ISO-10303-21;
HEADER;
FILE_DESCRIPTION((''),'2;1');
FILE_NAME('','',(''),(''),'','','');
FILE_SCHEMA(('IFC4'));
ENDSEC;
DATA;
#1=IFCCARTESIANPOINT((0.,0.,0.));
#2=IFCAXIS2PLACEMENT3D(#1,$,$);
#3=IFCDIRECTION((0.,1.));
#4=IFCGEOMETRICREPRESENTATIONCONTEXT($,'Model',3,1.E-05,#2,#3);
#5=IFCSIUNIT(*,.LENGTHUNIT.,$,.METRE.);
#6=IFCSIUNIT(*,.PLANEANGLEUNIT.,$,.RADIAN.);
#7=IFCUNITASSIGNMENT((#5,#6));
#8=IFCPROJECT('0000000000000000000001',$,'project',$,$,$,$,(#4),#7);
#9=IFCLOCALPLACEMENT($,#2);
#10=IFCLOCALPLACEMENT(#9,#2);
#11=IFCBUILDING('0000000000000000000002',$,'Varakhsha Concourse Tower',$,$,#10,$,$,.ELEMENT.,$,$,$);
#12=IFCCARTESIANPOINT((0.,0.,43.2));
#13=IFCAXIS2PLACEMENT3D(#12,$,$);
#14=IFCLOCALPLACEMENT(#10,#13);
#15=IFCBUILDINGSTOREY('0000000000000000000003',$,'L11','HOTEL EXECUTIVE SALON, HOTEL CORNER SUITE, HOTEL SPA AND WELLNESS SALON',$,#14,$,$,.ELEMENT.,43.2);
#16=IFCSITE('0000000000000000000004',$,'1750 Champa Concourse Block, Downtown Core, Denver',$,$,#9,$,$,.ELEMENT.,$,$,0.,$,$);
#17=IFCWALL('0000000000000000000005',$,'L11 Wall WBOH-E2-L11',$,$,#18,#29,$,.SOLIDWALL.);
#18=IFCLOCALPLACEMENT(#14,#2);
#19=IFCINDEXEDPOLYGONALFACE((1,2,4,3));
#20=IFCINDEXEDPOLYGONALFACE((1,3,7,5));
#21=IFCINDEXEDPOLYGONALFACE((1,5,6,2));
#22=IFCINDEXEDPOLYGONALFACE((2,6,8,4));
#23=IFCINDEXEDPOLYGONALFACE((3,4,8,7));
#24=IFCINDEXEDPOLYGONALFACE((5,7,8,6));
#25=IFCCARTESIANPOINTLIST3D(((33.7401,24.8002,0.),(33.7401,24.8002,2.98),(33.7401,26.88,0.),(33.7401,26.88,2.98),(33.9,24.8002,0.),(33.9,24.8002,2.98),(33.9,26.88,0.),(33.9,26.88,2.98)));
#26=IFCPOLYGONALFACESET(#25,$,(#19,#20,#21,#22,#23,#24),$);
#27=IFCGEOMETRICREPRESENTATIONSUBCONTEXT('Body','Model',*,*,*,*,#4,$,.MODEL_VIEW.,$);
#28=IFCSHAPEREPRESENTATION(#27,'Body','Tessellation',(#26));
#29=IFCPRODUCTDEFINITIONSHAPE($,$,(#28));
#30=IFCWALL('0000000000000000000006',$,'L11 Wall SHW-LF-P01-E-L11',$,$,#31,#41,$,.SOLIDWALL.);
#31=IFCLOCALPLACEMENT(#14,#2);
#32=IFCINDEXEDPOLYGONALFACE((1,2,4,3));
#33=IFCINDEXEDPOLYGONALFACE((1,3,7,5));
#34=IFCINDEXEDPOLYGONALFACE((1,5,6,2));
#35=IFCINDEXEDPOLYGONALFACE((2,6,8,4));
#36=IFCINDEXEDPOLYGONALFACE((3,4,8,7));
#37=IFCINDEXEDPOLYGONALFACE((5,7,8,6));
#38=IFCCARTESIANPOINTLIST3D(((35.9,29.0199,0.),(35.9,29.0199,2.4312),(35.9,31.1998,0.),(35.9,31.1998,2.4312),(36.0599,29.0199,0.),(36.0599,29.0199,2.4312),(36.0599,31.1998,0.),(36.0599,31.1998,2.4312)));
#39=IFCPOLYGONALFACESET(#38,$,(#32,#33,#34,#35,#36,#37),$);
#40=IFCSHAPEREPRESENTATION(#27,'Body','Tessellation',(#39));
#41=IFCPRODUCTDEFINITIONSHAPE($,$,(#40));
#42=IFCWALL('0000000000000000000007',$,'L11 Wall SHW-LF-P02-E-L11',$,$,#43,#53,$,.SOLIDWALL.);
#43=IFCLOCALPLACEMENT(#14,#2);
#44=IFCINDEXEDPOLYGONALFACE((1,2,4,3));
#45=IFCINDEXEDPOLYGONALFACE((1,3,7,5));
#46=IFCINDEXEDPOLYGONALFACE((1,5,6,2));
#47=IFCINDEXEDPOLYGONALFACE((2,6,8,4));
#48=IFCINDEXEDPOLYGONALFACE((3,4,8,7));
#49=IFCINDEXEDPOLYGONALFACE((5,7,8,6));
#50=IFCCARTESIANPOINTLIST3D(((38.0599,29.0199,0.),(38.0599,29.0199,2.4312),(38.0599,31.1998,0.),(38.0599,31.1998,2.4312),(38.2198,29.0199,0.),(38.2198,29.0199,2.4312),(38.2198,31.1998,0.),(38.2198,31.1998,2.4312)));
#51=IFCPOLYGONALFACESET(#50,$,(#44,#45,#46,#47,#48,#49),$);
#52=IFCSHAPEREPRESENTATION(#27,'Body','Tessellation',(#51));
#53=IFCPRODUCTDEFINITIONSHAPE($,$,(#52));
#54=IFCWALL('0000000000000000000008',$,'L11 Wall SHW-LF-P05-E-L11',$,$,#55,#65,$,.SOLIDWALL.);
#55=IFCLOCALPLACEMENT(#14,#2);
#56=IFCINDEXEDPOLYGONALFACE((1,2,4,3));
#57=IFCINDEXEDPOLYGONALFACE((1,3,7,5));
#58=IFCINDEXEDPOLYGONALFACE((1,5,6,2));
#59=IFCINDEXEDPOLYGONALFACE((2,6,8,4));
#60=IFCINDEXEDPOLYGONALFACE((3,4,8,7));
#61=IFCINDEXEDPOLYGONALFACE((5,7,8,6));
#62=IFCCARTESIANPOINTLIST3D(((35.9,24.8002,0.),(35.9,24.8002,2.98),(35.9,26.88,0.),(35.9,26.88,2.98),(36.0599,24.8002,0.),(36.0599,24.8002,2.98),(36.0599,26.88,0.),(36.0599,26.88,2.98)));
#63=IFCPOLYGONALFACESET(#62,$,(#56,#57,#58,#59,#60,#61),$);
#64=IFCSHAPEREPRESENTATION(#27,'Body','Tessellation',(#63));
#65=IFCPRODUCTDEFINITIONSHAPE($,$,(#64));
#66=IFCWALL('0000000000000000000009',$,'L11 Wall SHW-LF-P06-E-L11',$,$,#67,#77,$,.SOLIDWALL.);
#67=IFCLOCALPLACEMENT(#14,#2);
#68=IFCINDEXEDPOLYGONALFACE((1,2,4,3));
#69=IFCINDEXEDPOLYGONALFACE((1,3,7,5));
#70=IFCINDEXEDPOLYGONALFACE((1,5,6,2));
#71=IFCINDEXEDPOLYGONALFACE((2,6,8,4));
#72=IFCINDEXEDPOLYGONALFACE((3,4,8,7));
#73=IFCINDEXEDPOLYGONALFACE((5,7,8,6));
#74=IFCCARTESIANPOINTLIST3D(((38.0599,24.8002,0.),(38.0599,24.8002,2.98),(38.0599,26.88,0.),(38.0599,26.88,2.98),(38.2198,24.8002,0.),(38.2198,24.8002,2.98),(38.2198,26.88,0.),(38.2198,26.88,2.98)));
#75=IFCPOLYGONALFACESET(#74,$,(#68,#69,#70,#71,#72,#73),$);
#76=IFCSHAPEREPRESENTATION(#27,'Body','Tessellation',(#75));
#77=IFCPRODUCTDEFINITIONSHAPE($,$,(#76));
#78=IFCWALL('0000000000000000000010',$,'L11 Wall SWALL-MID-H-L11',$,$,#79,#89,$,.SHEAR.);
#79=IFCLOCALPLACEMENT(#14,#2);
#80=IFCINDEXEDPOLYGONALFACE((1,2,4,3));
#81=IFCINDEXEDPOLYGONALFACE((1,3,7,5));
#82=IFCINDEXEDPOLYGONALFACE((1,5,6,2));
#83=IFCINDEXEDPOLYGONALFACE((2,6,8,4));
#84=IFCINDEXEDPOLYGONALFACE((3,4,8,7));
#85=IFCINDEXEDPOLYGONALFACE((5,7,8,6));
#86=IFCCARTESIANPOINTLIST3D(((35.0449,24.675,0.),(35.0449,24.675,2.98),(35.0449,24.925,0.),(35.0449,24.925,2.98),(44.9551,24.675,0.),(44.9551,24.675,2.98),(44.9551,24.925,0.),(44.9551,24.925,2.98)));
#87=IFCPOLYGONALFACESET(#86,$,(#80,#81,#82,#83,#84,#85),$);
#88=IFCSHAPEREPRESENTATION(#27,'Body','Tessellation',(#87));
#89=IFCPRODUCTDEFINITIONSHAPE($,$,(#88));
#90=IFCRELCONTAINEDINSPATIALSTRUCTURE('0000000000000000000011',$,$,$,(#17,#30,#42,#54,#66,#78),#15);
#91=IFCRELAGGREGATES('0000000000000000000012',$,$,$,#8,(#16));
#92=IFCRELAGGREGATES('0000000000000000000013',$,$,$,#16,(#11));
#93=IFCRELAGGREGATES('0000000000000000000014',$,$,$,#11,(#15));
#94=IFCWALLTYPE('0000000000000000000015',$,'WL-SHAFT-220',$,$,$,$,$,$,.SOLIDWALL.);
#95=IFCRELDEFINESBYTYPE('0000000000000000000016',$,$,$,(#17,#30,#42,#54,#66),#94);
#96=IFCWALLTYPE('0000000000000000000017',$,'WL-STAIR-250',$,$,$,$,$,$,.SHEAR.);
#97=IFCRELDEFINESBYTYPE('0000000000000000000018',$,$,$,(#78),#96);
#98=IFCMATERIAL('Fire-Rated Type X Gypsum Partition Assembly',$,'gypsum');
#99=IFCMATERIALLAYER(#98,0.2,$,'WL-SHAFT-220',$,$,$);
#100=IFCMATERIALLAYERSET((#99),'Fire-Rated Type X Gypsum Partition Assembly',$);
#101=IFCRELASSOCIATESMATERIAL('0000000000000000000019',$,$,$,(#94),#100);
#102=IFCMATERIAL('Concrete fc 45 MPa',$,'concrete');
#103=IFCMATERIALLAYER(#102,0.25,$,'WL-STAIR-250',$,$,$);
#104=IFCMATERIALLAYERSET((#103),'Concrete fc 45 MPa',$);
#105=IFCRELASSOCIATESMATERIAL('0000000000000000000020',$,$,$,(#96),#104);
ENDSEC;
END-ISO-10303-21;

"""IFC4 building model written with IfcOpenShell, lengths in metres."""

from ifc_helpers import new_model, si_unit, direction, frame, frame_2d, origin, place, context, subcontext, project, spatial, rectangle, extrude, material, layer, layer_set, type_object, element, save


model = new_model("IFC4")

# Units and contexts
model_context = context("Model", 3, precision=1e-05, world=origin(), true_north=direction((0.0, 1.0)))
body_context = subcontext(model_context, "Body", "Model", "MODEL_VIEW")
ifc_project = project(units=[si_unit("LENGTHUNIT", "METRE"), si_unit("PLANEANGLEUNIT", "RADIAN")], contexts=[model_context])

# Site, building, storey
site_placement = place(None, origin())
site = spatial("IfcSite", under=ifc_project, at=site_placement, Name="1750 Champa Concourse Block, Downtown Core, Denver", CompositionType="ELEMENT", RefElevation=0.0)
building_placement = place(site_placement, origin())
building = spatial("IfcBuilding", under=site, at=building_placement, Name="Varakhsha Concourse Tower", CompositionType="ELEMENT")
storey_placement = place(building_placement, frame((0.0, 0.0, 43.2)))
storey = spatial("IfcBuildingStorey", under=building, at=storey_placement, Name="L11", Description="HOTEL EXECUTIVE SALON, HOTEL CORNER SUITE, HOTEL SPA AND WELLNESS SALON", CompositionType="ELEMENT", Elevation=43.2)

# Shared definitions
ifc_material_1 = material(Name="Fire-Rated Type X Gypsum Partition Assembly", Category="gypsum")

# Shared definitions
ifc_layer_1 = layer(ifc_material_1, 0.2, Name="WL-SHAFT-220")
ifc_layer_set_1 = layer_set([ifc_layer_1], Name="Fire-Rated Type X Gypsum Partition Assembly")
wall_type_1 = type_object("IfcWallType", Name="WL-SHAFT-220", PredefinedType="SOLIDWALL", material=ifc_layer_set_1)

# Walls
wall_1_placement = place(storey_placement, frame((33.8201, 24.8, 0.0), z_axis=(0.0, 0.0, 1.0), x_axis=(0.0, 1.0, 0.0)))
element("IfcWall", 1, at=wall_1_placement, inside=storey, type_object=wall_type_1, Name="L11 Wall WBOH-E2-L11", PredefinedType="SOLIDWALL", context=body_context, shape_type="SweptSolid", body=[
    extrude(rectangle(XDim=2.0798, YDim=0.1599, at=frame_2d((1.04, 0.0))), origin(), (0.0, 0.0, 1.0), 2.98),
])
for number, where, z_axis, x_axis, name in (
    (2, (35.98, 29.02, 0.0), (0.0, 0.0, 1.0), (0.0, 1.0, 0.0), "L11 Wall SHW-LF-P01-E-L11"),
    (3, (38.1399, 29.02, 0.0), (0.0, 0.0, 1.0), (0.0, 1.0, 0.0), "L11 Wall SHW-LF-P02-E-L11"),
):
    element("IfcWall", number, at=place(storey_placement, frame(where, z_axis=z_axis, x_axis=x_axis)), inside=storey, type_object=wall_type_1, Name=name, PredefinedType="SOLIDWALL", context=body_context, shape_type="SweptSolid", body=[
        extrude(rectangle(XDim=2.1799, YDim=0.1599, at=frame_2d((1.0898, 0.0))), origin(), (0.0, 0.0, 1.0), 2.4312),
    ])
for number, where, z_axis, x_axis, name in (
    (4, (35.98, 24.8, 0.0), (0.0, 0.0, 1.0), (0.0, 1.0, 0.0), "L11 Wall SHW-LF-P05-E-L11"),
    (5, (38.1399, 24.8, 0.0), (0.0, 0.0, 1.0), (0.0, 1.0, 0.0), "L11 Wall SHW-LF-P06-E-L11"),
):
    element("IfcWall", number, at=place(storey_placement, frame(where, z_axis=z_axis, x_axis=x_axis)), inside=storey, type_object=wall_type_1, Name=name, PredefinedType="SOLIDWALL", context=body_context, shape_type="SweptSolid", body=[
        extrude(rectangle(XDim=2.0798, YDim=0.1599, at=frame_2d((1.04, 0.0))), origin(), (0.0, 0.0, 1.0), 2.98),
    ])
ifc_material_2 = material(Name="Concrete fc 45 MPa", Category="concrete")
ifc_layer_2 = layer(ifc_material_2, 0.25, Name="WL-STAIR-250")
ifc_layer_set_2 = layer_set([ifc_layer_2], Name="Concrete fc 45 MPa")
wall_type_2 = type_object("IfcWallType", Name="WL-STAIR-250", PredefinedType="SHEAR", material=ifc_layer_set_2)
wall_2_placement = place(storey_placement, frame((35.0449, 24.8, 0.0), z_axis=(0.0, 0.0, 1.0), x_axis=(1.0, 0.0, 0.0)))
element("IfcWall", 6, at=wall_2_placement, inside=storey, type_object=wall_type_2, Name="L11 Wall SWALL-MID-H-L11", PredefinedType="SHEAR", context=body_context, shape_type="SweptSolid", body=[
    extrude(rectangle(XDim=9.9102, YDim=0.25, at=frame_2d((4.9551, 0.0))), origin(), (0.0, 0.0, 1.0), 2.98),
])

save(model, "model.ifc")
